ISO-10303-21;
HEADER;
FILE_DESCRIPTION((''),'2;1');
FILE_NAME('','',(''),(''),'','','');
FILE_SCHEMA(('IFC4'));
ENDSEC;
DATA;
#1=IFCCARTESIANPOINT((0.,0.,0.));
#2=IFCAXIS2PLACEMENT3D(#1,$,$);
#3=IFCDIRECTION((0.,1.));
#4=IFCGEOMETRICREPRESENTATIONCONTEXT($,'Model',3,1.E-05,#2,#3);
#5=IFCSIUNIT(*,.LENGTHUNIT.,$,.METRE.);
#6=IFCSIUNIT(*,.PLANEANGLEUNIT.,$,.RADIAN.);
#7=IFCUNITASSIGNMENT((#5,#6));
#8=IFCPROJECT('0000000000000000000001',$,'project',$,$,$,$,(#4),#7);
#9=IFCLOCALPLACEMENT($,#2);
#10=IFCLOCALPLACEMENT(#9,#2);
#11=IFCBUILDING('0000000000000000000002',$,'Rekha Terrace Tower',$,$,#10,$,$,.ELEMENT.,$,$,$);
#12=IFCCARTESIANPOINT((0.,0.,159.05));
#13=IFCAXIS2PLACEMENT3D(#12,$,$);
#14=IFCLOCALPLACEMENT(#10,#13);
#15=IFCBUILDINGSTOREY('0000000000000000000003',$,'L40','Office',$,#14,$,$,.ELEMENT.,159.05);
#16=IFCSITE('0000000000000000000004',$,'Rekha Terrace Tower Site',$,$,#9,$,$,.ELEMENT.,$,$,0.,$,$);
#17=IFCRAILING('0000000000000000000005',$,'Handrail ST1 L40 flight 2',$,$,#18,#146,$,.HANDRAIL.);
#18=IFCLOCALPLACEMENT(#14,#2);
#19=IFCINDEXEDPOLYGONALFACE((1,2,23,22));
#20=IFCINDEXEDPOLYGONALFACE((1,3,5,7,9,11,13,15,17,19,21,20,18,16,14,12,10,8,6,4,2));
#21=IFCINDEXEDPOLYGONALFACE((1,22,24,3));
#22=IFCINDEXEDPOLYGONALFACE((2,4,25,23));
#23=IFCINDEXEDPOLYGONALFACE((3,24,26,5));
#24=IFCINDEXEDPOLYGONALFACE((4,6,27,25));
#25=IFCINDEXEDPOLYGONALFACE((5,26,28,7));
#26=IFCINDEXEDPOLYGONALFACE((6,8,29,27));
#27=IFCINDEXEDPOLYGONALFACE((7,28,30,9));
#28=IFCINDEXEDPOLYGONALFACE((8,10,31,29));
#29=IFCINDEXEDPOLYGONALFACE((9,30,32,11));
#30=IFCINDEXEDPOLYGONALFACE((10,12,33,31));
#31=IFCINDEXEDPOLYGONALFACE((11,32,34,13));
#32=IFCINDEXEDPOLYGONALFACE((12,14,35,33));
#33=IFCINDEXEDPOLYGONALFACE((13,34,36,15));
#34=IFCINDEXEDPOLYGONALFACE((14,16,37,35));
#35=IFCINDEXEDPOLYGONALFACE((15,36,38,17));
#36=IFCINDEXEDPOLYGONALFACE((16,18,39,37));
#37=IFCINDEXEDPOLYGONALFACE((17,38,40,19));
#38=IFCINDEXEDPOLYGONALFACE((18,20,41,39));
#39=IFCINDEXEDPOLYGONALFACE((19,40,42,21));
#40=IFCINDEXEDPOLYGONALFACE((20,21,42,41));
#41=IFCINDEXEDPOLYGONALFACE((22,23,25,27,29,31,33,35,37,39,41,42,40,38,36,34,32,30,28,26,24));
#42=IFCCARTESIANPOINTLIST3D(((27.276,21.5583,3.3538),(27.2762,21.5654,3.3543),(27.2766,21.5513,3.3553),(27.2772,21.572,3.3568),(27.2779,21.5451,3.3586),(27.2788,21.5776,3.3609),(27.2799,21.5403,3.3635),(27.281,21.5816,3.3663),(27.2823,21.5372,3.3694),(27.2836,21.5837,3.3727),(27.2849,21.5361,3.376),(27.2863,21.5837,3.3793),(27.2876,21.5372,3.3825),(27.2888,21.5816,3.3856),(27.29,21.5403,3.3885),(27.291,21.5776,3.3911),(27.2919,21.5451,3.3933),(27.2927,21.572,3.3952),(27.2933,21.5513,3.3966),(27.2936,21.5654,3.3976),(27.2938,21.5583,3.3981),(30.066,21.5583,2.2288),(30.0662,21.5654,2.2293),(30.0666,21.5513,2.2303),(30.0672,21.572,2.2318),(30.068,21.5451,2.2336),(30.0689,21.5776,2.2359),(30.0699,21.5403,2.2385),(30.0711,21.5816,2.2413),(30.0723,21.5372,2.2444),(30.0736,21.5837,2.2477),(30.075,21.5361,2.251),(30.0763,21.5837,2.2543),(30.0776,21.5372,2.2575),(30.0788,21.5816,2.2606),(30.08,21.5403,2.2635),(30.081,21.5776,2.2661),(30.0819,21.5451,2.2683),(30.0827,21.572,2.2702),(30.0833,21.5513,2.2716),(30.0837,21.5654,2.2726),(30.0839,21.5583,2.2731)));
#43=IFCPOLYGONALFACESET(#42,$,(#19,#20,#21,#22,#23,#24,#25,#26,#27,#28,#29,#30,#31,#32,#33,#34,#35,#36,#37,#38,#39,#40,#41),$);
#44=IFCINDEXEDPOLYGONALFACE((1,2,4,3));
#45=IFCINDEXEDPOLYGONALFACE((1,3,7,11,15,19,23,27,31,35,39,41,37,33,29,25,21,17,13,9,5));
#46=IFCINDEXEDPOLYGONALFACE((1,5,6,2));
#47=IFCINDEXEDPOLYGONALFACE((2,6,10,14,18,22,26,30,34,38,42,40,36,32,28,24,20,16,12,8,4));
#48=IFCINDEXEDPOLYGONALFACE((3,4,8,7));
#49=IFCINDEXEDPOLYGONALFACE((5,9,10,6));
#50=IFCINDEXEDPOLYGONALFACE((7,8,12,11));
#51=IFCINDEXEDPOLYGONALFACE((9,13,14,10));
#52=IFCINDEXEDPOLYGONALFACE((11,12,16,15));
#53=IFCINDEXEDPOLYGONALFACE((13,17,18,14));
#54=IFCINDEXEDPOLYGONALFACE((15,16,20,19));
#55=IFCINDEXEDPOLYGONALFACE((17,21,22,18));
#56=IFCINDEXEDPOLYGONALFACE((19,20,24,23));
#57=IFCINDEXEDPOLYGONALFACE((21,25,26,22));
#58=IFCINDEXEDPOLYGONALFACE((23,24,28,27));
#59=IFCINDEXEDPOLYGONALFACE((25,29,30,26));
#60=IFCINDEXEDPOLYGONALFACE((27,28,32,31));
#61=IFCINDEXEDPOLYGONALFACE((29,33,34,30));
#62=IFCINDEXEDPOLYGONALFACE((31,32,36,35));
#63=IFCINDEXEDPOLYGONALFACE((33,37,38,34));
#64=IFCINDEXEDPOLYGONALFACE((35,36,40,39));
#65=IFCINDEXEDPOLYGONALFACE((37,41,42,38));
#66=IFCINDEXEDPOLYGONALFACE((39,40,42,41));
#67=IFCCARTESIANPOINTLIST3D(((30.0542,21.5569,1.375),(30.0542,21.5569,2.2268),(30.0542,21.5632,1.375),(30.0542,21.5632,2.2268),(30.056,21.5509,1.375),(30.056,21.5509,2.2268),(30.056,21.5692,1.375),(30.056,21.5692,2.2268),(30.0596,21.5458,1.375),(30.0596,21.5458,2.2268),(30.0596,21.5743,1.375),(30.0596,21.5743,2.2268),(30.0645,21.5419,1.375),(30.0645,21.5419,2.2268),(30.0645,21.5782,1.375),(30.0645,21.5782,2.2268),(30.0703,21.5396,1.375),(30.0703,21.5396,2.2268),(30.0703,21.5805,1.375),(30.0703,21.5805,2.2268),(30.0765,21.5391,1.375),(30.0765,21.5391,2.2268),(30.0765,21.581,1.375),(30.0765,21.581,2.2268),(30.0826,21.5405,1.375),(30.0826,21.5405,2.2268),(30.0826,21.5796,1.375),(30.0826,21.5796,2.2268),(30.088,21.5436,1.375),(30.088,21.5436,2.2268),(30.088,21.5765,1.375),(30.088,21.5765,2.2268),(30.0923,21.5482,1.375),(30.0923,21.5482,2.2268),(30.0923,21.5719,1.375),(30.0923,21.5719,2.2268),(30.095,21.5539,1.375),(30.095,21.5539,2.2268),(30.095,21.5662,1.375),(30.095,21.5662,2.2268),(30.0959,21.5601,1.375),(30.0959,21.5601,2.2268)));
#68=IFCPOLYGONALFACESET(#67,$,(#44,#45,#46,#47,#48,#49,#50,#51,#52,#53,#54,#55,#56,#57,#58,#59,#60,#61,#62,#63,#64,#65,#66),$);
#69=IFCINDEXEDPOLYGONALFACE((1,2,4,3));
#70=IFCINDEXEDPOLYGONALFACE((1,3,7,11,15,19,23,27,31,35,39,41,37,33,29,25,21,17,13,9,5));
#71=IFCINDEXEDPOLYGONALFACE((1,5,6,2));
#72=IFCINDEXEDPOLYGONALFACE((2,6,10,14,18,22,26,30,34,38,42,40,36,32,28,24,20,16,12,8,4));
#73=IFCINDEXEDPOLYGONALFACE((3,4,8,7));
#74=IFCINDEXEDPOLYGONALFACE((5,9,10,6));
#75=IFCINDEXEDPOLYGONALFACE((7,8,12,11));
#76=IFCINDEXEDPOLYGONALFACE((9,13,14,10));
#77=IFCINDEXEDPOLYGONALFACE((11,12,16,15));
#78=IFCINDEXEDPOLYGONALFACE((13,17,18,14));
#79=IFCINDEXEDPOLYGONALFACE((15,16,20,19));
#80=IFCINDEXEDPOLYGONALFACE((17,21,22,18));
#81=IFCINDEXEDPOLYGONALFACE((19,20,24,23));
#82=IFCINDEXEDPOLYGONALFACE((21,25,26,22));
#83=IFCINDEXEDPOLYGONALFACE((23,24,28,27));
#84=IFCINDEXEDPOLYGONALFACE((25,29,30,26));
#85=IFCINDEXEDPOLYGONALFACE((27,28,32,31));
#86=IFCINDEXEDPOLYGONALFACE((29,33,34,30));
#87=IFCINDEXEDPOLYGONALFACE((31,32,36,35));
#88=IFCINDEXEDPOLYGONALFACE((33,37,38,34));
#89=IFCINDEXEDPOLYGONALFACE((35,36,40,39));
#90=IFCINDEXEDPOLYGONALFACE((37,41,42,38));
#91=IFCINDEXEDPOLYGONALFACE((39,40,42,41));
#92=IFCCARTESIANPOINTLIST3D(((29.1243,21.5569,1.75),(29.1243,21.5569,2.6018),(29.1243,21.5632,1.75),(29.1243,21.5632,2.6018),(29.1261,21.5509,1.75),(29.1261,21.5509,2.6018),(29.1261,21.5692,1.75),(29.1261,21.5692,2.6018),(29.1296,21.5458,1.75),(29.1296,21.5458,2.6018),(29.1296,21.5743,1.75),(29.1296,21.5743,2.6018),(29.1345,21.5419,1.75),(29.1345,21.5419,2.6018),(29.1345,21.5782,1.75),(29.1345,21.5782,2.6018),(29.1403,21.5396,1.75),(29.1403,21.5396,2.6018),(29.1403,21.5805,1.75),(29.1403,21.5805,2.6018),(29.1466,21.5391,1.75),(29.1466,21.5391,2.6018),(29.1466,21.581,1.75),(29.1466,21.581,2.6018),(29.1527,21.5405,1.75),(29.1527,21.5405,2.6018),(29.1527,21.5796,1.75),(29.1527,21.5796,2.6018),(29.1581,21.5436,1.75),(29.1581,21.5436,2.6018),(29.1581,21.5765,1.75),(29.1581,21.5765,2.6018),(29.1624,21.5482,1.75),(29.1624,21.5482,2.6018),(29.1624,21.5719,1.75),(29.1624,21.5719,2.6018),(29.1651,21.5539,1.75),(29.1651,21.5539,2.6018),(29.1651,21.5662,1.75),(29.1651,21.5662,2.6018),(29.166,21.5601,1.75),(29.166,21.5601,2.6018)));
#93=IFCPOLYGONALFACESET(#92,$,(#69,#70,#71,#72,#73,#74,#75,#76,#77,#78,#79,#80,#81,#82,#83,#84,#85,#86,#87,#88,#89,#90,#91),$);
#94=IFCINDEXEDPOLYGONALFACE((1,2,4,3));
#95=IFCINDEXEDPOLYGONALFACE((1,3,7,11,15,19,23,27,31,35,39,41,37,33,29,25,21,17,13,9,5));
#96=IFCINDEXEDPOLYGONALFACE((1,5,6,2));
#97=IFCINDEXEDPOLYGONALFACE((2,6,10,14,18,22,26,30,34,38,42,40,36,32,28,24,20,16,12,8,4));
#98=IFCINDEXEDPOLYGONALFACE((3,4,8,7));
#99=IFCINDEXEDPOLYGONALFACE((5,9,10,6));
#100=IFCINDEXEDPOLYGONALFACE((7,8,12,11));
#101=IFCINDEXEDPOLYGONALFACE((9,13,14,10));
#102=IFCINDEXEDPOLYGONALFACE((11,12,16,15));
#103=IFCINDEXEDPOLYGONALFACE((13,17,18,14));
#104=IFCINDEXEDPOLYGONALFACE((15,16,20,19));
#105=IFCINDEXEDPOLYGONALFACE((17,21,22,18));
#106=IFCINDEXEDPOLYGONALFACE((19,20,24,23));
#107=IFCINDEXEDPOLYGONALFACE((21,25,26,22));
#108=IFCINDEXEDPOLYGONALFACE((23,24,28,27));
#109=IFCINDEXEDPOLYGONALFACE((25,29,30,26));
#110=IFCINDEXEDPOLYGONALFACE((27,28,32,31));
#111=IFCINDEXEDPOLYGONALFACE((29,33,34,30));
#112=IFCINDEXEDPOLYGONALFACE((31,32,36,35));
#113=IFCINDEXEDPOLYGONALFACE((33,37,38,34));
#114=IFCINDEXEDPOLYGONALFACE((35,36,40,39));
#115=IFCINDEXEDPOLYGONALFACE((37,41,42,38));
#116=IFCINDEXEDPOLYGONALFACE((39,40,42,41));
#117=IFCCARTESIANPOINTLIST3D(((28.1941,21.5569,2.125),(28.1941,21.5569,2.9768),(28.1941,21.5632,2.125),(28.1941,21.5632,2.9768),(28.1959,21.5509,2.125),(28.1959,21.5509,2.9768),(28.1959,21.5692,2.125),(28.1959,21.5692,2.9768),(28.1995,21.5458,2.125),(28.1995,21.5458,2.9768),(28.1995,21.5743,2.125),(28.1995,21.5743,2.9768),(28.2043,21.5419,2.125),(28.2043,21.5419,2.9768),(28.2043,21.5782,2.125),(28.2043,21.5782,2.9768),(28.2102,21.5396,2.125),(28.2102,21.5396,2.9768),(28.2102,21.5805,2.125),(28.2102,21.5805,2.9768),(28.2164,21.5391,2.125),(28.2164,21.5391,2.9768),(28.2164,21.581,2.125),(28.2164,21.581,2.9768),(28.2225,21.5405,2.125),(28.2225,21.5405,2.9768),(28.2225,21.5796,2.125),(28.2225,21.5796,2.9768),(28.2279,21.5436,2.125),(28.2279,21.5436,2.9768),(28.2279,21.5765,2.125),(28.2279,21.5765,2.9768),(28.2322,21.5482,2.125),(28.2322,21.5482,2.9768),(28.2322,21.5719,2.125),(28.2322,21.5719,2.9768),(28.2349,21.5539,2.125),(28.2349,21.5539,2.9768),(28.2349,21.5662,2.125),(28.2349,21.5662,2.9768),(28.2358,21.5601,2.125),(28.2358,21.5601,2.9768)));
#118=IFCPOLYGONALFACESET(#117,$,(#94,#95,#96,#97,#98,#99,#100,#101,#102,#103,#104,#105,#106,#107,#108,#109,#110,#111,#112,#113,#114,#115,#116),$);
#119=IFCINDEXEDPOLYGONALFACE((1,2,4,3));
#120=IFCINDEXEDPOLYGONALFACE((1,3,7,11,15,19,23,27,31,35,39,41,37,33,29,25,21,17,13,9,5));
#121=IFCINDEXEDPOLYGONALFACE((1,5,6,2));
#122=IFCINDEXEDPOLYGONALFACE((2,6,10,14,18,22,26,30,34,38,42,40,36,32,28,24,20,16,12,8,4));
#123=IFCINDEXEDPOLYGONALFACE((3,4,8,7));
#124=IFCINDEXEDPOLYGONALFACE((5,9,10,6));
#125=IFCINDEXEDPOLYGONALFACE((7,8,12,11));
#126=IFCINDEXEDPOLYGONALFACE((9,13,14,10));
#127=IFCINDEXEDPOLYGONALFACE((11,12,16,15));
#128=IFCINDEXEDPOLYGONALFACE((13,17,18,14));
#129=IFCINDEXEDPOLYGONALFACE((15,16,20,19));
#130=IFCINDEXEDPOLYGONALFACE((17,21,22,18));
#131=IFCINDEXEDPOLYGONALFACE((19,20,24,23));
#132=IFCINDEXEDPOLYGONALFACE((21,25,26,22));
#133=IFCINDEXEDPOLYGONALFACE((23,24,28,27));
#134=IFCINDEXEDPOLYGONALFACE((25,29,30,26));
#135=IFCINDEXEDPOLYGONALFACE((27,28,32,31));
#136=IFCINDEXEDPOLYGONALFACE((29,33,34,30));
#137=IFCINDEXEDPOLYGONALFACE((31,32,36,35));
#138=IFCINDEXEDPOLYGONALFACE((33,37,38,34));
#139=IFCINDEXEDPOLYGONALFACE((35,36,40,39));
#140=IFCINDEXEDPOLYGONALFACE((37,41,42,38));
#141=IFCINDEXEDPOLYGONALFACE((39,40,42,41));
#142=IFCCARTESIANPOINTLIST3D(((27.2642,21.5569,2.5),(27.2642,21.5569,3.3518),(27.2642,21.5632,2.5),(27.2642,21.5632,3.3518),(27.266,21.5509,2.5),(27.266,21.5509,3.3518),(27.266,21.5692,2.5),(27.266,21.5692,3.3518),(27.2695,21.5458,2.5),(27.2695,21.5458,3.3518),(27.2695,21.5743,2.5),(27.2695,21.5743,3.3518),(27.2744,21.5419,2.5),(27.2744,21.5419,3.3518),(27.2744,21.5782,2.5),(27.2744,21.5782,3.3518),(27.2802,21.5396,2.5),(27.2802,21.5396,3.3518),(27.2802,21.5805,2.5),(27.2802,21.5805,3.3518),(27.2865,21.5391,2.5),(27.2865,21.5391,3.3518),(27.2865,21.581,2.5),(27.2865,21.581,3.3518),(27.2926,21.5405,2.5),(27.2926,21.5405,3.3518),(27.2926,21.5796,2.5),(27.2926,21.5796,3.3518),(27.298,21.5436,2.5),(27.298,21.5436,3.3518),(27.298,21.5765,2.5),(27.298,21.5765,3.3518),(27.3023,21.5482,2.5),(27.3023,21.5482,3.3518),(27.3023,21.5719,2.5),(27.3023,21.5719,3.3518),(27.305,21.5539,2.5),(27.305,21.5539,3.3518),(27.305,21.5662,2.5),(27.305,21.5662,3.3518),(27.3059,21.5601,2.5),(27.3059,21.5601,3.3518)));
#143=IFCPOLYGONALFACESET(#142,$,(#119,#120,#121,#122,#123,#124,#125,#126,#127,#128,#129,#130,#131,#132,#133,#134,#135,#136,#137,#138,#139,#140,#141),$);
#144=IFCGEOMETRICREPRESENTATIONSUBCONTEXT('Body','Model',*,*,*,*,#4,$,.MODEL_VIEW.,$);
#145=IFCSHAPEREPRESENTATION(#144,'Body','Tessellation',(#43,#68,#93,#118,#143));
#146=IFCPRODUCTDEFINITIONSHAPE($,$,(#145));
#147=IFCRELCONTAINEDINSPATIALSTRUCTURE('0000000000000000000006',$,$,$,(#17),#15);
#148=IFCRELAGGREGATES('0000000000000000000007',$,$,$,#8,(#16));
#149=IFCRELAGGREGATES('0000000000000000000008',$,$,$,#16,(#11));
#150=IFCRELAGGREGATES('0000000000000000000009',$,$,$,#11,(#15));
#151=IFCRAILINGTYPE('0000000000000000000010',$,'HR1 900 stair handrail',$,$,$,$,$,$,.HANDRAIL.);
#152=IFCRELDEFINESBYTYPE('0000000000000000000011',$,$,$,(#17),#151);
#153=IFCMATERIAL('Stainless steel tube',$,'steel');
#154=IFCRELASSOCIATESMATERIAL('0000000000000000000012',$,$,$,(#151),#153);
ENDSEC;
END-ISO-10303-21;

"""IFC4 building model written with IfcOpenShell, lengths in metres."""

from ifc_helpers import new_model, si_unit, direction, frame, origin, origin_2d, place, context, subcontext, project, spatial, circle, extrude, material, type_object, element, save


model = new_model("IFC4")

# Units and contexts
model_context = context("Model", 3, precision=1e-05, world=origin(), true_north=direction((0.0, 1.0)))
body_context = subcontext(model_context, "Body", "Model", "MODEL_VIEW")
ifc_project = project(units=[si_unit("LENGTHUNIT", "METRE"), si_unit("PLANEANGLEUNIT", "RADIAN")], contexts=[model_context])

# Site, building, storey
site_placement = place(None, origin())
site = spatial("IfcSite", under=ifc_project, at=site_placement, Name="Rekha Terrace Tower Site", CompositionType="ELEMENT", RefElevation=0.0)
building_placement = place(site_placement, origin())
building = spatial("IfcBuilding", under=site, at=building_placement, Name="Rekha Terrace Tower", CompositionType="ELEMENT")
storey_placement = place(building_placement, frame((0.0, 0.0, 159.05)))
storey = spatial("IfcBuildingStorey", under=building, at=storey_placement, Name="L40", Description="Office", CompositionType="ELEMENT", Elevation=159.05)

# Railing
ifc_material_1 = material(Name="Stainless steel tube", Category="steel")
railing_type_1 = type_object("IfcRailingType", Name="HR1 900 stair handrail", PredefinedType="HANDRAIL", material=ifc_material_1)
railing_1_placement = place(storey_placement, frame((30.075, 21.5601, 1.375)))
element("IfcRailing", 1, at=railing_1_placement, inside=storey, type_object=railing_type_1, Name="Handrail ST1 L40 flight 2", PredefinedType="HANDRAIL", context=body_context, shape_type="SweptSolid", body=[
    extrude(circle(Radius=0.0239, at=origin_2d()), frame((0.0, 0.0, 0.876), z_axis=(-0.927443, 0.0, 0.373964), x_axis=(0.0, -1.0, 0.0)), (0.0, 0.0, 1.0), 3.0083),
    extrude(circle(Radius=0.021, at=origin_2d()), origin(), (0.0, 0.0, 1.0), 0.8518),
    extrude(circle(Radius=0.021, at=origin_2d()), frame((-0.9299, 0.0, 0.375)), (0.0, 0.0, 1.0), 0.8518),
    extrude(circle(Radius=0.021, at=origin_2d()), frame((-1.8601, 0.0, 0.75)), (0.0, 0.0, 1.0), 0.8518),
    extrude(circle(Radius=0.021, at=origin_2d()), frame((-2.79, 0.0, 1.125)), (0.0, 0.0, 1.0), 0.8518),
])

save(model, "model.ifc")
